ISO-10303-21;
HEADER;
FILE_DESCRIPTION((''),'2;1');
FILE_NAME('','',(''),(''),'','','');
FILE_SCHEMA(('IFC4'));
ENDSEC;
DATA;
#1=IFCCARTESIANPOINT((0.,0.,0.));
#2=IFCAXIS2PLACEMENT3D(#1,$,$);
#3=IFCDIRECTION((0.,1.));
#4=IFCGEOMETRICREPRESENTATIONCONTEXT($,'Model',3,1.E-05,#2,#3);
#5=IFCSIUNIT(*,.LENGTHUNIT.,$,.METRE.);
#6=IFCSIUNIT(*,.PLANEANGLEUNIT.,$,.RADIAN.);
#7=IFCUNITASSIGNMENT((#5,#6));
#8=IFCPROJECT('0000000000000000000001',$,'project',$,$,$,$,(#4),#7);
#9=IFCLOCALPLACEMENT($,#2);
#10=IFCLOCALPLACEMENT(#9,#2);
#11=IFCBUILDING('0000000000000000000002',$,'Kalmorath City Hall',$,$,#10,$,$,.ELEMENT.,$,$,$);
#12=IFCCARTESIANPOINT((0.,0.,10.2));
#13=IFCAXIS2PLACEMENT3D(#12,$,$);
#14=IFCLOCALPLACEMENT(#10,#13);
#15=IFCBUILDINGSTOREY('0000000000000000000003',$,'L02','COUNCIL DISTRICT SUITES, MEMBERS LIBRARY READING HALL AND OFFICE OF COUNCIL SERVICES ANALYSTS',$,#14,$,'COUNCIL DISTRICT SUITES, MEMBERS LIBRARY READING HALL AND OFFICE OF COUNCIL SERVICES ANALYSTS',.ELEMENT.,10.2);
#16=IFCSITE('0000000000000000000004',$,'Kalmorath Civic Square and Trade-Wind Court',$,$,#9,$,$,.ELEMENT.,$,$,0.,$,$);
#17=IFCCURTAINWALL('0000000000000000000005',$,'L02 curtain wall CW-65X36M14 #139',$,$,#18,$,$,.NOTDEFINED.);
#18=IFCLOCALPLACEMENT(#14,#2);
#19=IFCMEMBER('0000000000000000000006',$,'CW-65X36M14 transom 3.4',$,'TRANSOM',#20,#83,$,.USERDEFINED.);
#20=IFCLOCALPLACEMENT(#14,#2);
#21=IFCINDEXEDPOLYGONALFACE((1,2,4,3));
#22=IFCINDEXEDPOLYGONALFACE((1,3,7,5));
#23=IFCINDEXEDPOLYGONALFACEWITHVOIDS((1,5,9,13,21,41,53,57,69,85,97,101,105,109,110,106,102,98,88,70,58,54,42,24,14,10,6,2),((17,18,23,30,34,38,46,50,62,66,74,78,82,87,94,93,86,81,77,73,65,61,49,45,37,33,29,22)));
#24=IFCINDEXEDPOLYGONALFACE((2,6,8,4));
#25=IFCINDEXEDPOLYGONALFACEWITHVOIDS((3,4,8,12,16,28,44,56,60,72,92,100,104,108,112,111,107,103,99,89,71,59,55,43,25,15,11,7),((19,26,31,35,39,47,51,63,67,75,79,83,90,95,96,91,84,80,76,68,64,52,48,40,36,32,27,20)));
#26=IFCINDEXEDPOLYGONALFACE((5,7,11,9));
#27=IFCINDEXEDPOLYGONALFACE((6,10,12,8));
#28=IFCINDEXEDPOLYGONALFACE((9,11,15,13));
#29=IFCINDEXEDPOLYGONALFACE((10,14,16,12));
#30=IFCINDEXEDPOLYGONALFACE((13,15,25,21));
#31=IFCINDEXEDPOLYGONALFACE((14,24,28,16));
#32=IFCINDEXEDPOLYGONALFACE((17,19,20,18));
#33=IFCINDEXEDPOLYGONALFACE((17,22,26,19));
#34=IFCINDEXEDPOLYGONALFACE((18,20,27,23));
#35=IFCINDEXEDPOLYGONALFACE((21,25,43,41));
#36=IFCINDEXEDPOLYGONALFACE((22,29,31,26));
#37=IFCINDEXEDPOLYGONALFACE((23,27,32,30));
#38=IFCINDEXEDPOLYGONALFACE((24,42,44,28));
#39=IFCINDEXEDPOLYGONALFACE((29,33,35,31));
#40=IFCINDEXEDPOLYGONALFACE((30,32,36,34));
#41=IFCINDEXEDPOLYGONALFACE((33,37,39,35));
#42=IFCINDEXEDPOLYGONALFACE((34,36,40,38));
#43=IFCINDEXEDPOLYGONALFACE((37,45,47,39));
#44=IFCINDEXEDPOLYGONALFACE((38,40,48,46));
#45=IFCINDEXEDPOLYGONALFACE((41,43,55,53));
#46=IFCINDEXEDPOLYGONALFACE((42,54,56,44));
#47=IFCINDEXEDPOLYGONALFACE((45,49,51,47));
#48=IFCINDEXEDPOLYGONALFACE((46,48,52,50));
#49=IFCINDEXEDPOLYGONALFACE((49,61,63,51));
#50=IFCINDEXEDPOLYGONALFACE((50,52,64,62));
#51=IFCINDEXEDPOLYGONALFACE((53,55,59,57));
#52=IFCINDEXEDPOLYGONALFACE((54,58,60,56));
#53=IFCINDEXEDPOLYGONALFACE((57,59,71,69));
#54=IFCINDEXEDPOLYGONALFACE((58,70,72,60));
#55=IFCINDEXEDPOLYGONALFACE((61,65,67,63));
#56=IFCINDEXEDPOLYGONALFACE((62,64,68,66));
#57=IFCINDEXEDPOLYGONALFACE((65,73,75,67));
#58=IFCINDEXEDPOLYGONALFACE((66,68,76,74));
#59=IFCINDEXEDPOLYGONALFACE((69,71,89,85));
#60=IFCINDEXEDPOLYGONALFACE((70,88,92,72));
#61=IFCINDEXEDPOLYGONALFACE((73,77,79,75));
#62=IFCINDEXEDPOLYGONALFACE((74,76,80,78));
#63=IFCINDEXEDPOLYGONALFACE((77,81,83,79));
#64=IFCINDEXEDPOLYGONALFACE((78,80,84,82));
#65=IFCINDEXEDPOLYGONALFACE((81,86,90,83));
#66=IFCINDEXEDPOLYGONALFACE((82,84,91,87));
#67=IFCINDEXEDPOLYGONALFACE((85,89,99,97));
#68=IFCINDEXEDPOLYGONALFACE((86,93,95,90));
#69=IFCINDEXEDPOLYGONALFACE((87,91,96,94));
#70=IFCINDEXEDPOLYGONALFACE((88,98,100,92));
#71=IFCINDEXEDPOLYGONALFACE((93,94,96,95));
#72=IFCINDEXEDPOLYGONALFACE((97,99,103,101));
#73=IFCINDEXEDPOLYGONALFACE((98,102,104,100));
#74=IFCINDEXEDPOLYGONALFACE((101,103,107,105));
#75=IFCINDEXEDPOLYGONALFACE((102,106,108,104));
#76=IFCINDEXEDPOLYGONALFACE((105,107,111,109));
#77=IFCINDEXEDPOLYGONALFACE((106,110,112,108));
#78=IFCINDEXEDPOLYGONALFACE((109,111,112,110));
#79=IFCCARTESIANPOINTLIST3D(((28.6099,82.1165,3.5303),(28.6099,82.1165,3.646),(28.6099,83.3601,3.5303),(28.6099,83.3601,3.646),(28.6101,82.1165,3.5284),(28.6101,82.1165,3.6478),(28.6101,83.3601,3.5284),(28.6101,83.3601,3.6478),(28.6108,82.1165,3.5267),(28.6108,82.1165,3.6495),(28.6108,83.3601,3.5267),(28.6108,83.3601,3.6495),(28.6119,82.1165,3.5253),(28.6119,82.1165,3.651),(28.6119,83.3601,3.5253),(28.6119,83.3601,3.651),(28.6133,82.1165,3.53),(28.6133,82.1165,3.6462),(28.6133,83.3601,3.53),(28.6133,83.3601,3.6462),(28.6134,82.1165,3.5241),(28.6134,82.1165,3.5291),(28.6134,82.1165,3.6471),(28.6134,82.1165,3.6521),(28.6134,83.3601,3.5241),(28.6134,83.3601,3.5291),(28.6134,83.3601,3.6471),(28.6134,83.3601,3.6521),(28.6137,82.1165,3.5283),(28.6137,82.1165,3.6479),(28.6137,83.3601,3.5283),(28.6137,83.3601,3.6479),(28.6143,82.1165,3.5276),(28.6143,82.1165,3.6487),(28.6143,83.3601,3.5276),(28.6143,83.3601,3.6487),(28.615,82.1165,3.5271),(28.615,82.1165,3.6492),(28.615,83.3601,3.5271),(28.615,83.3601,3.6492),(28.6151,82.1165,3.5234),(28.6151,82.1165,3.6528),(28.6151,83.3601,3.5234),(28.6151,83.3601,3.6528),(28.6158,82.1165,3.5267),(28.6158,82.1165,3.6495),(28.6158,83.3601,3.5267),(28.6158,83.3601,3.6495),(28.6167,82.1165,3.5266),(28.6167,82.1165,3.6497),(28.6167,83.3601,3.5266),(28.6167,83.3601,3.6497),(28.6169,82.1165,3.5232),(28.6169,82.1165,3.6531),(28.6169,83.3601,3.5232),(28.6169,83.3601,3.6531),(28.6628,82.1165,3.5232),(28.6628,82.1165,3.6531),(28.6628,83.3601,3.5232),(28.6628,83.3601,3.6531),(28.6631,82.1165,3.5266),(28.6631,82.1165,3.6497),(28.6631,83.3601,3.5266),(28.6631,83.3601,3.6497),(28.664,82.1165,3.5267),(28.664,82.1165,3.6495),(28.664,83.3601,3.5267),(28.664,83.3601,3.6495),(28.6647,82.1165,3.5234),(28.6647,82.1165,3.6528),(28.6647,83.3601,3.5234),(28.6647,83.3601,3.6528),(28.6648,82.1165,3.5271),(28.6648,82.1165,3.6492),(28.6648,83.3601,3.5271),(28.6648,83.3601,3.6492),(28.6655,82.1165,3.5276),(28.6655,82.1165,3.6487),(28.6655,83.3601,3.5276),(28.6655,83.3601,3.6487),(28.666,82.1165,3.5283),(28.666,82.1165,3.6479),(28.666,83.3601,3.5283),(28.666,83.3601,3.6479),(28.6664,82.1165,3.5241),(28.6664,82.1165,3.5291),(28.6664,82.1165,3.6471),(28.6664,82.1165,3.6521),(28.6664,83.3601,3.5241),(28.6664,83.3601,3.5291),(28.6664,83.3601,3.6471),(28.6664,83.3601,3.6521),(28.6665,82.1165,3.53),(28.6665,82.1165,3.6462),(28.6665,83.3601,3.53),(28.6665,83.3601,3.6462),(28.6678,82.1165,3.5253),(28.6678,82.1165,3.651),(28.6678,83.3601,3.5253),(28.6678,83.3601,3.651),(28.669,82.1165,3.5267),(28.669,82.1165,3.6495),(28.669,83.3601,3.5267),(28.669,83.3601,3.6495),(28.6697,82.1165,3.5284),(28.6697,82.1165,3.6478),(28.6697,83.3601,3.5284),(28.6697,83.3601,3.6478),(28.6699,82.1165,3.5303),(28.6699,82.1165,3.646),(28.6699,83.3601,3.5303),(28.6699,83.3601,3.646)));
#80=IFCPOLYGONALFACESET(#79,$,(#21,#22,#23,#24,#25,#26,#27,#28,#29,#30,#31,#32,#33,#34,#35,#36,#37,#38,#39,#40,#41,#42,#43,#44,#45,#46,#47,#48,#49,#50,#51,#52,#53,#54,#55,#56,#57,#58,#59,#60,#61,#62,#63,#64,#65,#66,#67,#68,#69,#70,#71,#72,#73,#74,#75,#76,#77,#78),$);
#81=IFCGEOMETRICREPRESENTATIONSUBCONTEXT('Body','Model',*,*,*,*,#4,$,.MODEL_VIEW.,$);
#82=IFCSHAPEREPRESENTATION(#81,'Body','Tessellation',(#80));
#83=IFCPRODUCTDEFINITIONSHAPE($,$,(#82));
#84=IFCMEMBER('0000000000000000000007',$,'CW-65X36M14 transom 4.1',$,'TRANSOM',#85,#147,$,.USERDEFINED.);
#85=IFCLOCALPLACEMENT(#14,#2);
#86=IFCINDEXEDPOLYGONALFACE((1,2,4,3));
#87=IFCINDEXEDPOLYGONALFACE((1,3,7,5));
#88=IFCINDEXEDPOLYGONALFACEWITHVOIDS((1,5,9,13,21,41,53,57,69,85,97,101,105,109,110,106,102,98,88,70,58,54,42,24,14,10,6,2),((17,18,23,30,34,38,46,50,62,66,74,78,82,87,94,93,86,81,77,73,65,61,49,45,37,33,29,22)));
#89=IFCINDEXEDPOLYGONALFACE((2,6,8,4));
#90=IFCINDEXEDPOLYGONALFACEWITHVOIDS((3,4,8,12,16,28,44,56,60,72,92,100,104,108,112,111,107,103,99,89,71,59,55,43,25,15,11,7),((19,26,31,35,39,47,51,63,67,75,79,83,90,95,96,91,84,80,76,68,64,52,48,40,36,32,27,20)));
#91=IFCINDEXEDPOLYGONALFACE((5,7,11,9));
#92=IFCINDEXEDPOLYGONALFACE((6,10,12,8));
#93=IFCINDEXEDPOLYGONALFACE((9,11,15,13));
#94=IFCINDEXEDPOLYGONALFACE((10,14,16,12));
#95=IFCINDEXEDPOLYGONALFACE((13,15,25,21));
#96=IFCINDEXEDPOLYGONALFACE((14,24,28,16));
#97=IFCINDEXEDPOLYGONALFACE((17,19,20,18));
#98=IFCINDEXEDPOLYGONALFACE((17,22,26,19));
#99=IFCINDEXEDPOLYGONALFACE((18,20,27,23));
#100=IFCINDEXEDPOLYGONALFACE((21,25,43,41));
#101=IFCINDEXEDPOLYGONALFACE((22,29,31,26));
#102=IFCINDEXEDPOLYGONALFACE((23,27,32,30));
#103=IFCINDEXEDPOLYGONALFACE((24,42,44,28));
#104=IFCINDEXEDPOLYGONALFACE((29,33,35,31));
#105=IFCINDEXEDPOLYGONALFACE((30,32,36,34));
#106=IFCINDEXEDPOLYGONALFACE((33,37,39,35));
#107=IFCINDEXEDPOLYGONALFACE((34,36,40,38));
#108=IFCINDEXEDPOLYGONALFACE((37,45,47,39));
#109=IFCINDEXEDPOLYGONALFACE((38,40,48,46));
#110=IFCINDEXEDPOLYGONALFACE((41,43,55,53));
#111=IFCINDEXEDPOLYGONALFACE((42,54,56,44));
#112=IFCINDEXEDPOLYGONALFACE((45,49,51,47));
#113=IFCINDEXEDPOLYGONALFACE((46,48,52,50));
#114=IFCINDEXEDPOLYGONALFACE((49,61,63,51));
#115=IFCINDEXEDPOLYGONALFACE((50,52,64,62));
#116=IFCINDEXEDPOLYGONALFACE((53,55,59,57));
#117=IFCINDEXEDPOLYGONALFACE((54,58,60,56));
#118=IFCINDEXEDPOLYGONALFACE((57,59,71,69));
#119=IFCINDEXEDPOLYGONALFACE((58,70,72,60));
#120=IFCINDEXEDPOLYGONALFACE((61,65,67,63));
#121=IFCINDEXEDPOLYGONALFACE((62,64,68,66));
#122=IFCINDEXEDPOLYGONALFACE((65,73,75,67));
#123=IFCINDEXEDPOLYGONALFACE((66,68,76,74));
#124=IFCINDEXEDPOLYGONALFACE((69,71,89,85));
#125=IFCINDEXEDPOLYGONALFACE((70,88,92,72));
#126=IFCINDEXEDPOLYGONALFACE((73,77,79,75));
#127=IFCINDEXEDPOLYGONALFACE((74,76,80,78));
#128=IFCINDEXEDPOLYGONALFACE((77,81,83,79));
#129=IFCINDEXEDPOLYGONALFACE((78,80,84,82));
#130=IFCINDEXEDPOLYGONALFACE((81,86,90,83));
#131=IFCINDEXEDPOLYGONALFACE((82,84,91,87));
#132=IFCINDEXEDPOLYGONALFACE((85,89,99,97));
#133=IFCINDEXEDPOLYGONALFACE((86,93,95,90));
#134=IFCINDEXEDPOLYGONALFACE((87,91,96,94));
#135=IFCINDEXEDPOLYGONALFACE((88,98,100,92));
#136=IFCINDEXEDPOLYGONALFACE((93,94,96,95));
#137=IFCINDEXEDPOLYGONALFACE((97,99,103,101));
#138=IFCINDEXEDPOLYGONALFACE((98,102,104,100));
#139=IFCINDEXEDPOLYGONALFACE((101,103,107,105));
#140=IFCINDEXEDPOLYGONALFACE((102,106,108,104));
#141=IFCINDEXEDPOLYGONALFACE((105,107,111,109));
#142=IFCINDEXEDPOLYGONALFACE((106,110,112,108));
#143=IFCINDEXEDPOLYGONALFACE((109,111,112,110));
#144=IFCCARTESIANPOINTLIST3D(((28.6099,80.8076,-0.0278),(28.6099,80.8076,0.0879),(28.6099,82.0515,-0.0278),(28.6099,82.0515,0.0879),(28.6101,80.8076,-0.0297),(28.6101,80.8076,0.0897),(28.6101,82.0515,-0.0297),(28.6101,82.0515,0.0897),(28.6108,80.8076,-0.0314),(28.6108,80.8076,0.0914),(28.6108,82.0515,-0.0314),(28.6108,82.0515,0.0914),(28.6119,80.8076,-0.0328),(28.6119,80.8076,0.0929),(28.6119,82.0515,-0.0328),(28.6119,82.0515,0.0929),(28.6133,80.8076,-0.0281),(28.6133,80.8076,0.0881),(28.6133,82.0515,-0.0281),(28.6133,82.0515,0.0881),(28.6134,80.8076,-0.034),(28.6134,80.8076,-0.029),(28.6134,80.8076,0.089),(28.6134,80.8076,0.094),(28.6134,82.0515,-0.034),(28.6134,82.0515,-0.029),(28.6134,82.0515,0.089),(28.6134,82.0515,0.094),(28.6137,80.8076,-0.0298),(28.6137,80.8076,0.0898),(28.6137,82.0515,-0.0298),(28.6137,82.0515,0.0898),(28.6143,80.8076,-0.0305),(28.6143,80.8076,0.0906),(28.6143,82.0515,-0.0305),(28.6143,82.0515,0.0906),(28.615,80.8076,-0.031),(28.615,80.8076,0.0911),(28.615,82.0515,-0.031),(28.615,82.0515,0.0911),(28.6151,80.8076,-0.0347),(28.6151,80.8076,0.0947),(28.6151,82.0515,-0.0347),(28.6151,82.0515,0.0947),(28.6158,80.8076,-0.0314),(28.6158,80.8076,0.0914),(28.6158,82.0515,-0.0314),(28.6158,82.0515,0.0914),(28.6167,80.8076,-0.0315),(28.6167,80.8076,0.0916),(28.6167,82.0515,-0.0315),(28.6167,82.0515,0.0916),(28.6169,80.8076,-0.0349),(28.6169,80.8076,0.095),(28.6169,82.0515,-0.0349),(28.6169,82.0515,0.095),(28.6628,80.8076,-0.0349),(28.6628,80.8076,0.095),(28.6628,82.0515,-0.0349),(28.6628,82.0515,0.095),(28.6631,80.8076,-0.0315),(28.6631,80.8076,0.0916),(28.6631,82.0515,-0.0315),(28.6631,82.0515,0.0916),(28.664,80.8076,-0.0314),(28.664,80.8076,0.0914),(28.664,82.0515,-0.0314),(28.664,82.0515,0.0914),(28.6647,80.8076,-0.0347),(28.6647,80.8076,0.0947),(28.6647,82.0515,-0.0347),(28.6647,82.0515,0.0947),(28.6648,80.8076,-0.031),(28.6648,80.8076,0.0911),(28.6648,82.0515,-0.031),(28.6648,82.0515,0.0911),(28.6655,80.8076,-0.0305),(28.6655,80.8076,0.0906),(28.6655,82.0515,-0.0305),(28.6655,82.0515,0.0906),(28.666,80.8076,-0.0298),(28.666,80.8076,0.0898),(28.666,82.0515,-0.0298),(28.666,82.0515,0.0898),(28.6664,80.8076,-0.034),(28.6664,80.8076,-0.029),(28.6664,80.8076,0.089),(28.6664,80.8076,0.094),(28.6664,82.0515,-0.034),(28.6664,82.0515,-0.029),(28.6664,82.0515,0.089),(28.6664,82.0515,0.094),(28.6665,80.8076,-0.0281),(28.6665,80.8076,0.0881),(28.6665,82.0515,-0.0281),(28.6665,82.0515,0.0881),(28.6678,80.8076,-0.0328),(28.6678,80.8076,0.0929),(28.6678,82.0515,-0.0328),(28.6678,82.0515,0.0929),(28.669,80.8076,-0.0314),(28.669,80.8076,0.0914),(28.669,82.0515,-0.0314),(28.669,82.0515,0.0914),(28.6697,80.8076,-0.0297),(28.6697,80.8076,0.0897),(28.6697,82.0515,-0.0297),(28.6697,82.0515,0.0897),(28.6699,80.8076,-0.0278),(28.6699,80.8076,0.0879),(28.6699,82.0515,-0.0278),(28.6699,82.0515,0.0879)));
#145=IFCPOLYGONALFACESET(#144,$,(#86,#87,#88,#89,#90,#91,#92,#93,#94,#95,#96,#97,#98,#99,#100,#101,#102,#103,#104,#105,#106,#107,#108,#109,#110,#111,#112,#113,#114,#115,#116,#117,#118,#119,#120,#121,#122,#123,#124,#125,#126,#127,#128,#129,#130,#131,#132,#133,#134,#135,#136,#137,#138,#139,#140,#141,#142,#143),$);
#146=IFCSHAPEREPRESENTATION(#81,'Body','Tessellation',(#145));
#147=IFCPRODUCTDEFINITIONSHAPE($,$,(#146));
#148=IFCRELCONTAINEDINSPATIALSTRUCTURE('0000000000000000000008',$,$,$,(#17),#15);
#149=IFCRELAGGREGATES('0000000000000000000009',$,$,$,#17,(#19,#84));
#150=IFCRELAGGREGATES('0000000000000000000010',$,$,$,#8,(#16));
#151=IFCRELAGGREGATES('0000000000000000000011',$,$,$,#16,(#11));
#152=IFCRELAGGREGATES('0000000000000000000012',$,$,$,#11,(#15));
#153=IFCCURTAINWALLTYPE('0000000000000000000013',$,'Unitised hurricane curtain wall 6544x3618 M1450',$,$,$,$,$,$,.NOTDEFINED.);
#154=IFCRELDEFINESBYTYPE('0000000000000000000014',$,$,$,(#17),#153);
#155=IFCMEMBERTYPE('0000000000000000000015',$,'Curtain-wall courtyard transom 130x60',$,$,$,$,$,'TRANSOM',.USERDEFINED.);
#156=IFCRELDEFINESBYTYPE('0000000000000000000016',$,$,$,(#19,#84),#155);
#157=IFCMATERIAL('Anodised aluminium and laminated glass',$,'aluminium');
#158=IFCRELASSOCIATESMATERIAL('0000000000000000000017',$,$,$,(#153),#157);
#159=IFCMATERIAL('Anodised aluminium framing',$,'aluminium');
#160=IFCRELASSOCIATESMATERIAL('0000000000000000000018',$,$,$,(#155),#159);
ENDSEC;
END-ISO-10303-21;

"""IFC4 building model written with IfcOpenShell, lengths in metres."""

from ifc_helpers import new_model, si_unit, direction, frame, origin, origin_2d, place, context, subcontext, project, spatial, hollow_rectangle, extrude, material, material_profile, profile_set, type_object, element, aggregate, save


model = new_model("IFC4")

# Units and contexts
model_context = context("Model", 3, precision=1e-05, world=origin(), true_north=direction((0.0, 1.0)))
body_context = subcontext(model_context, "Body", "Model", "MODEL_VIEW")
ifc_project = project(units=[si_unit("LENGTHUNIT", "METRE"), si_unit("PLANEANGLEUNIT", "RADIAN")], contexts=[model_context])

# Site, building, storey
site_placement = place(None, origin())
site = spatial("IfcSite", under=ifc_project, at=site_placement, Name="Kalmorath Civic Square and Trade-Wind Court", CompositionType="ELEMENT", RefElevation=0.0)
building_placement = place(site_placement, origin())
building = spatial("IfcBuilding", under=site, at=building_placement, Name="Kalmorath City Hall", CompositionType="ELEMENT")
storey_placement = place(building_placement, frame((0.0, 0.0, 10.2)))
storey = spatial("IfcBuildingStorey", under=building, at=storey_placement, Name="L02", Description="COUNCIL DISTRICT SUITES, MEMBERS LIBRARY READING HALL AND OFFICE OF COUNCIL SERVICES ANALYSTS", LongName="COUNCIL DISTRICT SUITES, MEMBERS LIBRARY READING HALL AND OFFICE OF COUNCIL SERVICES ANALYSTS", CompositionType="ELEMENT", Elevation=10.2)

# Curtain wall, members
ifc_material_1 = material(Name="Anodised aluminium and laminated glass", Category="aluminium")
curtain_wall_type = type_object("IfcCurtainWallType", Name="Unitised hurricane curtain wall 6544x3618 M1450", PredefinedType="NOTDEFINED", material=ifc_material_1)
curtain_wall_placement = place(storey_placement, origin())
curtain_wall = element("IfcCurtainWall", 1, at=curtain_wall_placement, inside=storey, type_object=curtain_wall_type, Name="L02 curtain wall CW-65X36M14 #139", PredefinedType="NOTDEFINED")
ifc_material_2 = material(Name="Anodised aluminium framing", Category="aluminium")
ifc_material_profile_1 = material_profile(ifc_material_2, hollow_rectangle(XDim=0.0601, YDim=0.1299, WallThickness=0.0034, InnerFilletRadius=0.0034, OuterFilletRadius=0.0071, at=origin_2d()), Name="ALU-TRN-130X60X3.5")
ifc_profile_set_1 = profile_set([ifc_material_profile_1], Name="Anodised aluminium framing")
member_type_1 = type_object("IfcMemberType", Name="Curtain-wall courtyard transom 130x60", ElementType="TRANSOM", PredefinedType="USERDEFINED", material=ifc_profile_set_1)
member_1_placement = place(storey_placement, frame((28.6399, 83.3601, 3.5881), z_axis=(0.0, -1.0, 0.0), x_axis=(1.0, 0.0, 0.0)))
member_1 = element("IfcMember", 2, at=member_1_placement, type_object=member_type_1, Name="CW-65X36M14 transom 3.4", ObjectType="TRANSOM", PredefinedType="USERDEFINED", context=body_context, shape_type="SweptSolid", body=[
    extrude(hollow_rectangle(XDim=0.0601, YDim=0.1299, WallThickness=0.0034, InnerFilletRadius=0.0034, OuterFilletRadius=0.0071, at=origin_2d()), origin(), (0.0, 0.0, 1.0), 1.2437),
])
member_2_placement = place(storey_placement, frame((28.6399, 82.0515, 0.03), z_axis=(0.0, -1.0, 0.0), x_axis=(1.0, 0.0, 0.0)))
member_2 = element("IfcMember", 3, at=member_2_placement, type_object=member_type_1, Name="CW-65X36M14 transom 4.1", ObjectType="TRANSOM", PredefinedType="USERDEFINED", context=body_context, shape_type="SweptSolid", body=[
    extrude(hollow_rectangle(XDim=0.0601, YDim=0.1299, WallThickness=0.0034, InnerFilletRadius=0.0034, OuterFilletRadius=0.0071, at=origin_2d()), origin(), (0.0, 0.0, 1.0), 1.2439),
])

aggregate(curtain_wall, [member_1, member_2])

save(model, "model.ifc")
